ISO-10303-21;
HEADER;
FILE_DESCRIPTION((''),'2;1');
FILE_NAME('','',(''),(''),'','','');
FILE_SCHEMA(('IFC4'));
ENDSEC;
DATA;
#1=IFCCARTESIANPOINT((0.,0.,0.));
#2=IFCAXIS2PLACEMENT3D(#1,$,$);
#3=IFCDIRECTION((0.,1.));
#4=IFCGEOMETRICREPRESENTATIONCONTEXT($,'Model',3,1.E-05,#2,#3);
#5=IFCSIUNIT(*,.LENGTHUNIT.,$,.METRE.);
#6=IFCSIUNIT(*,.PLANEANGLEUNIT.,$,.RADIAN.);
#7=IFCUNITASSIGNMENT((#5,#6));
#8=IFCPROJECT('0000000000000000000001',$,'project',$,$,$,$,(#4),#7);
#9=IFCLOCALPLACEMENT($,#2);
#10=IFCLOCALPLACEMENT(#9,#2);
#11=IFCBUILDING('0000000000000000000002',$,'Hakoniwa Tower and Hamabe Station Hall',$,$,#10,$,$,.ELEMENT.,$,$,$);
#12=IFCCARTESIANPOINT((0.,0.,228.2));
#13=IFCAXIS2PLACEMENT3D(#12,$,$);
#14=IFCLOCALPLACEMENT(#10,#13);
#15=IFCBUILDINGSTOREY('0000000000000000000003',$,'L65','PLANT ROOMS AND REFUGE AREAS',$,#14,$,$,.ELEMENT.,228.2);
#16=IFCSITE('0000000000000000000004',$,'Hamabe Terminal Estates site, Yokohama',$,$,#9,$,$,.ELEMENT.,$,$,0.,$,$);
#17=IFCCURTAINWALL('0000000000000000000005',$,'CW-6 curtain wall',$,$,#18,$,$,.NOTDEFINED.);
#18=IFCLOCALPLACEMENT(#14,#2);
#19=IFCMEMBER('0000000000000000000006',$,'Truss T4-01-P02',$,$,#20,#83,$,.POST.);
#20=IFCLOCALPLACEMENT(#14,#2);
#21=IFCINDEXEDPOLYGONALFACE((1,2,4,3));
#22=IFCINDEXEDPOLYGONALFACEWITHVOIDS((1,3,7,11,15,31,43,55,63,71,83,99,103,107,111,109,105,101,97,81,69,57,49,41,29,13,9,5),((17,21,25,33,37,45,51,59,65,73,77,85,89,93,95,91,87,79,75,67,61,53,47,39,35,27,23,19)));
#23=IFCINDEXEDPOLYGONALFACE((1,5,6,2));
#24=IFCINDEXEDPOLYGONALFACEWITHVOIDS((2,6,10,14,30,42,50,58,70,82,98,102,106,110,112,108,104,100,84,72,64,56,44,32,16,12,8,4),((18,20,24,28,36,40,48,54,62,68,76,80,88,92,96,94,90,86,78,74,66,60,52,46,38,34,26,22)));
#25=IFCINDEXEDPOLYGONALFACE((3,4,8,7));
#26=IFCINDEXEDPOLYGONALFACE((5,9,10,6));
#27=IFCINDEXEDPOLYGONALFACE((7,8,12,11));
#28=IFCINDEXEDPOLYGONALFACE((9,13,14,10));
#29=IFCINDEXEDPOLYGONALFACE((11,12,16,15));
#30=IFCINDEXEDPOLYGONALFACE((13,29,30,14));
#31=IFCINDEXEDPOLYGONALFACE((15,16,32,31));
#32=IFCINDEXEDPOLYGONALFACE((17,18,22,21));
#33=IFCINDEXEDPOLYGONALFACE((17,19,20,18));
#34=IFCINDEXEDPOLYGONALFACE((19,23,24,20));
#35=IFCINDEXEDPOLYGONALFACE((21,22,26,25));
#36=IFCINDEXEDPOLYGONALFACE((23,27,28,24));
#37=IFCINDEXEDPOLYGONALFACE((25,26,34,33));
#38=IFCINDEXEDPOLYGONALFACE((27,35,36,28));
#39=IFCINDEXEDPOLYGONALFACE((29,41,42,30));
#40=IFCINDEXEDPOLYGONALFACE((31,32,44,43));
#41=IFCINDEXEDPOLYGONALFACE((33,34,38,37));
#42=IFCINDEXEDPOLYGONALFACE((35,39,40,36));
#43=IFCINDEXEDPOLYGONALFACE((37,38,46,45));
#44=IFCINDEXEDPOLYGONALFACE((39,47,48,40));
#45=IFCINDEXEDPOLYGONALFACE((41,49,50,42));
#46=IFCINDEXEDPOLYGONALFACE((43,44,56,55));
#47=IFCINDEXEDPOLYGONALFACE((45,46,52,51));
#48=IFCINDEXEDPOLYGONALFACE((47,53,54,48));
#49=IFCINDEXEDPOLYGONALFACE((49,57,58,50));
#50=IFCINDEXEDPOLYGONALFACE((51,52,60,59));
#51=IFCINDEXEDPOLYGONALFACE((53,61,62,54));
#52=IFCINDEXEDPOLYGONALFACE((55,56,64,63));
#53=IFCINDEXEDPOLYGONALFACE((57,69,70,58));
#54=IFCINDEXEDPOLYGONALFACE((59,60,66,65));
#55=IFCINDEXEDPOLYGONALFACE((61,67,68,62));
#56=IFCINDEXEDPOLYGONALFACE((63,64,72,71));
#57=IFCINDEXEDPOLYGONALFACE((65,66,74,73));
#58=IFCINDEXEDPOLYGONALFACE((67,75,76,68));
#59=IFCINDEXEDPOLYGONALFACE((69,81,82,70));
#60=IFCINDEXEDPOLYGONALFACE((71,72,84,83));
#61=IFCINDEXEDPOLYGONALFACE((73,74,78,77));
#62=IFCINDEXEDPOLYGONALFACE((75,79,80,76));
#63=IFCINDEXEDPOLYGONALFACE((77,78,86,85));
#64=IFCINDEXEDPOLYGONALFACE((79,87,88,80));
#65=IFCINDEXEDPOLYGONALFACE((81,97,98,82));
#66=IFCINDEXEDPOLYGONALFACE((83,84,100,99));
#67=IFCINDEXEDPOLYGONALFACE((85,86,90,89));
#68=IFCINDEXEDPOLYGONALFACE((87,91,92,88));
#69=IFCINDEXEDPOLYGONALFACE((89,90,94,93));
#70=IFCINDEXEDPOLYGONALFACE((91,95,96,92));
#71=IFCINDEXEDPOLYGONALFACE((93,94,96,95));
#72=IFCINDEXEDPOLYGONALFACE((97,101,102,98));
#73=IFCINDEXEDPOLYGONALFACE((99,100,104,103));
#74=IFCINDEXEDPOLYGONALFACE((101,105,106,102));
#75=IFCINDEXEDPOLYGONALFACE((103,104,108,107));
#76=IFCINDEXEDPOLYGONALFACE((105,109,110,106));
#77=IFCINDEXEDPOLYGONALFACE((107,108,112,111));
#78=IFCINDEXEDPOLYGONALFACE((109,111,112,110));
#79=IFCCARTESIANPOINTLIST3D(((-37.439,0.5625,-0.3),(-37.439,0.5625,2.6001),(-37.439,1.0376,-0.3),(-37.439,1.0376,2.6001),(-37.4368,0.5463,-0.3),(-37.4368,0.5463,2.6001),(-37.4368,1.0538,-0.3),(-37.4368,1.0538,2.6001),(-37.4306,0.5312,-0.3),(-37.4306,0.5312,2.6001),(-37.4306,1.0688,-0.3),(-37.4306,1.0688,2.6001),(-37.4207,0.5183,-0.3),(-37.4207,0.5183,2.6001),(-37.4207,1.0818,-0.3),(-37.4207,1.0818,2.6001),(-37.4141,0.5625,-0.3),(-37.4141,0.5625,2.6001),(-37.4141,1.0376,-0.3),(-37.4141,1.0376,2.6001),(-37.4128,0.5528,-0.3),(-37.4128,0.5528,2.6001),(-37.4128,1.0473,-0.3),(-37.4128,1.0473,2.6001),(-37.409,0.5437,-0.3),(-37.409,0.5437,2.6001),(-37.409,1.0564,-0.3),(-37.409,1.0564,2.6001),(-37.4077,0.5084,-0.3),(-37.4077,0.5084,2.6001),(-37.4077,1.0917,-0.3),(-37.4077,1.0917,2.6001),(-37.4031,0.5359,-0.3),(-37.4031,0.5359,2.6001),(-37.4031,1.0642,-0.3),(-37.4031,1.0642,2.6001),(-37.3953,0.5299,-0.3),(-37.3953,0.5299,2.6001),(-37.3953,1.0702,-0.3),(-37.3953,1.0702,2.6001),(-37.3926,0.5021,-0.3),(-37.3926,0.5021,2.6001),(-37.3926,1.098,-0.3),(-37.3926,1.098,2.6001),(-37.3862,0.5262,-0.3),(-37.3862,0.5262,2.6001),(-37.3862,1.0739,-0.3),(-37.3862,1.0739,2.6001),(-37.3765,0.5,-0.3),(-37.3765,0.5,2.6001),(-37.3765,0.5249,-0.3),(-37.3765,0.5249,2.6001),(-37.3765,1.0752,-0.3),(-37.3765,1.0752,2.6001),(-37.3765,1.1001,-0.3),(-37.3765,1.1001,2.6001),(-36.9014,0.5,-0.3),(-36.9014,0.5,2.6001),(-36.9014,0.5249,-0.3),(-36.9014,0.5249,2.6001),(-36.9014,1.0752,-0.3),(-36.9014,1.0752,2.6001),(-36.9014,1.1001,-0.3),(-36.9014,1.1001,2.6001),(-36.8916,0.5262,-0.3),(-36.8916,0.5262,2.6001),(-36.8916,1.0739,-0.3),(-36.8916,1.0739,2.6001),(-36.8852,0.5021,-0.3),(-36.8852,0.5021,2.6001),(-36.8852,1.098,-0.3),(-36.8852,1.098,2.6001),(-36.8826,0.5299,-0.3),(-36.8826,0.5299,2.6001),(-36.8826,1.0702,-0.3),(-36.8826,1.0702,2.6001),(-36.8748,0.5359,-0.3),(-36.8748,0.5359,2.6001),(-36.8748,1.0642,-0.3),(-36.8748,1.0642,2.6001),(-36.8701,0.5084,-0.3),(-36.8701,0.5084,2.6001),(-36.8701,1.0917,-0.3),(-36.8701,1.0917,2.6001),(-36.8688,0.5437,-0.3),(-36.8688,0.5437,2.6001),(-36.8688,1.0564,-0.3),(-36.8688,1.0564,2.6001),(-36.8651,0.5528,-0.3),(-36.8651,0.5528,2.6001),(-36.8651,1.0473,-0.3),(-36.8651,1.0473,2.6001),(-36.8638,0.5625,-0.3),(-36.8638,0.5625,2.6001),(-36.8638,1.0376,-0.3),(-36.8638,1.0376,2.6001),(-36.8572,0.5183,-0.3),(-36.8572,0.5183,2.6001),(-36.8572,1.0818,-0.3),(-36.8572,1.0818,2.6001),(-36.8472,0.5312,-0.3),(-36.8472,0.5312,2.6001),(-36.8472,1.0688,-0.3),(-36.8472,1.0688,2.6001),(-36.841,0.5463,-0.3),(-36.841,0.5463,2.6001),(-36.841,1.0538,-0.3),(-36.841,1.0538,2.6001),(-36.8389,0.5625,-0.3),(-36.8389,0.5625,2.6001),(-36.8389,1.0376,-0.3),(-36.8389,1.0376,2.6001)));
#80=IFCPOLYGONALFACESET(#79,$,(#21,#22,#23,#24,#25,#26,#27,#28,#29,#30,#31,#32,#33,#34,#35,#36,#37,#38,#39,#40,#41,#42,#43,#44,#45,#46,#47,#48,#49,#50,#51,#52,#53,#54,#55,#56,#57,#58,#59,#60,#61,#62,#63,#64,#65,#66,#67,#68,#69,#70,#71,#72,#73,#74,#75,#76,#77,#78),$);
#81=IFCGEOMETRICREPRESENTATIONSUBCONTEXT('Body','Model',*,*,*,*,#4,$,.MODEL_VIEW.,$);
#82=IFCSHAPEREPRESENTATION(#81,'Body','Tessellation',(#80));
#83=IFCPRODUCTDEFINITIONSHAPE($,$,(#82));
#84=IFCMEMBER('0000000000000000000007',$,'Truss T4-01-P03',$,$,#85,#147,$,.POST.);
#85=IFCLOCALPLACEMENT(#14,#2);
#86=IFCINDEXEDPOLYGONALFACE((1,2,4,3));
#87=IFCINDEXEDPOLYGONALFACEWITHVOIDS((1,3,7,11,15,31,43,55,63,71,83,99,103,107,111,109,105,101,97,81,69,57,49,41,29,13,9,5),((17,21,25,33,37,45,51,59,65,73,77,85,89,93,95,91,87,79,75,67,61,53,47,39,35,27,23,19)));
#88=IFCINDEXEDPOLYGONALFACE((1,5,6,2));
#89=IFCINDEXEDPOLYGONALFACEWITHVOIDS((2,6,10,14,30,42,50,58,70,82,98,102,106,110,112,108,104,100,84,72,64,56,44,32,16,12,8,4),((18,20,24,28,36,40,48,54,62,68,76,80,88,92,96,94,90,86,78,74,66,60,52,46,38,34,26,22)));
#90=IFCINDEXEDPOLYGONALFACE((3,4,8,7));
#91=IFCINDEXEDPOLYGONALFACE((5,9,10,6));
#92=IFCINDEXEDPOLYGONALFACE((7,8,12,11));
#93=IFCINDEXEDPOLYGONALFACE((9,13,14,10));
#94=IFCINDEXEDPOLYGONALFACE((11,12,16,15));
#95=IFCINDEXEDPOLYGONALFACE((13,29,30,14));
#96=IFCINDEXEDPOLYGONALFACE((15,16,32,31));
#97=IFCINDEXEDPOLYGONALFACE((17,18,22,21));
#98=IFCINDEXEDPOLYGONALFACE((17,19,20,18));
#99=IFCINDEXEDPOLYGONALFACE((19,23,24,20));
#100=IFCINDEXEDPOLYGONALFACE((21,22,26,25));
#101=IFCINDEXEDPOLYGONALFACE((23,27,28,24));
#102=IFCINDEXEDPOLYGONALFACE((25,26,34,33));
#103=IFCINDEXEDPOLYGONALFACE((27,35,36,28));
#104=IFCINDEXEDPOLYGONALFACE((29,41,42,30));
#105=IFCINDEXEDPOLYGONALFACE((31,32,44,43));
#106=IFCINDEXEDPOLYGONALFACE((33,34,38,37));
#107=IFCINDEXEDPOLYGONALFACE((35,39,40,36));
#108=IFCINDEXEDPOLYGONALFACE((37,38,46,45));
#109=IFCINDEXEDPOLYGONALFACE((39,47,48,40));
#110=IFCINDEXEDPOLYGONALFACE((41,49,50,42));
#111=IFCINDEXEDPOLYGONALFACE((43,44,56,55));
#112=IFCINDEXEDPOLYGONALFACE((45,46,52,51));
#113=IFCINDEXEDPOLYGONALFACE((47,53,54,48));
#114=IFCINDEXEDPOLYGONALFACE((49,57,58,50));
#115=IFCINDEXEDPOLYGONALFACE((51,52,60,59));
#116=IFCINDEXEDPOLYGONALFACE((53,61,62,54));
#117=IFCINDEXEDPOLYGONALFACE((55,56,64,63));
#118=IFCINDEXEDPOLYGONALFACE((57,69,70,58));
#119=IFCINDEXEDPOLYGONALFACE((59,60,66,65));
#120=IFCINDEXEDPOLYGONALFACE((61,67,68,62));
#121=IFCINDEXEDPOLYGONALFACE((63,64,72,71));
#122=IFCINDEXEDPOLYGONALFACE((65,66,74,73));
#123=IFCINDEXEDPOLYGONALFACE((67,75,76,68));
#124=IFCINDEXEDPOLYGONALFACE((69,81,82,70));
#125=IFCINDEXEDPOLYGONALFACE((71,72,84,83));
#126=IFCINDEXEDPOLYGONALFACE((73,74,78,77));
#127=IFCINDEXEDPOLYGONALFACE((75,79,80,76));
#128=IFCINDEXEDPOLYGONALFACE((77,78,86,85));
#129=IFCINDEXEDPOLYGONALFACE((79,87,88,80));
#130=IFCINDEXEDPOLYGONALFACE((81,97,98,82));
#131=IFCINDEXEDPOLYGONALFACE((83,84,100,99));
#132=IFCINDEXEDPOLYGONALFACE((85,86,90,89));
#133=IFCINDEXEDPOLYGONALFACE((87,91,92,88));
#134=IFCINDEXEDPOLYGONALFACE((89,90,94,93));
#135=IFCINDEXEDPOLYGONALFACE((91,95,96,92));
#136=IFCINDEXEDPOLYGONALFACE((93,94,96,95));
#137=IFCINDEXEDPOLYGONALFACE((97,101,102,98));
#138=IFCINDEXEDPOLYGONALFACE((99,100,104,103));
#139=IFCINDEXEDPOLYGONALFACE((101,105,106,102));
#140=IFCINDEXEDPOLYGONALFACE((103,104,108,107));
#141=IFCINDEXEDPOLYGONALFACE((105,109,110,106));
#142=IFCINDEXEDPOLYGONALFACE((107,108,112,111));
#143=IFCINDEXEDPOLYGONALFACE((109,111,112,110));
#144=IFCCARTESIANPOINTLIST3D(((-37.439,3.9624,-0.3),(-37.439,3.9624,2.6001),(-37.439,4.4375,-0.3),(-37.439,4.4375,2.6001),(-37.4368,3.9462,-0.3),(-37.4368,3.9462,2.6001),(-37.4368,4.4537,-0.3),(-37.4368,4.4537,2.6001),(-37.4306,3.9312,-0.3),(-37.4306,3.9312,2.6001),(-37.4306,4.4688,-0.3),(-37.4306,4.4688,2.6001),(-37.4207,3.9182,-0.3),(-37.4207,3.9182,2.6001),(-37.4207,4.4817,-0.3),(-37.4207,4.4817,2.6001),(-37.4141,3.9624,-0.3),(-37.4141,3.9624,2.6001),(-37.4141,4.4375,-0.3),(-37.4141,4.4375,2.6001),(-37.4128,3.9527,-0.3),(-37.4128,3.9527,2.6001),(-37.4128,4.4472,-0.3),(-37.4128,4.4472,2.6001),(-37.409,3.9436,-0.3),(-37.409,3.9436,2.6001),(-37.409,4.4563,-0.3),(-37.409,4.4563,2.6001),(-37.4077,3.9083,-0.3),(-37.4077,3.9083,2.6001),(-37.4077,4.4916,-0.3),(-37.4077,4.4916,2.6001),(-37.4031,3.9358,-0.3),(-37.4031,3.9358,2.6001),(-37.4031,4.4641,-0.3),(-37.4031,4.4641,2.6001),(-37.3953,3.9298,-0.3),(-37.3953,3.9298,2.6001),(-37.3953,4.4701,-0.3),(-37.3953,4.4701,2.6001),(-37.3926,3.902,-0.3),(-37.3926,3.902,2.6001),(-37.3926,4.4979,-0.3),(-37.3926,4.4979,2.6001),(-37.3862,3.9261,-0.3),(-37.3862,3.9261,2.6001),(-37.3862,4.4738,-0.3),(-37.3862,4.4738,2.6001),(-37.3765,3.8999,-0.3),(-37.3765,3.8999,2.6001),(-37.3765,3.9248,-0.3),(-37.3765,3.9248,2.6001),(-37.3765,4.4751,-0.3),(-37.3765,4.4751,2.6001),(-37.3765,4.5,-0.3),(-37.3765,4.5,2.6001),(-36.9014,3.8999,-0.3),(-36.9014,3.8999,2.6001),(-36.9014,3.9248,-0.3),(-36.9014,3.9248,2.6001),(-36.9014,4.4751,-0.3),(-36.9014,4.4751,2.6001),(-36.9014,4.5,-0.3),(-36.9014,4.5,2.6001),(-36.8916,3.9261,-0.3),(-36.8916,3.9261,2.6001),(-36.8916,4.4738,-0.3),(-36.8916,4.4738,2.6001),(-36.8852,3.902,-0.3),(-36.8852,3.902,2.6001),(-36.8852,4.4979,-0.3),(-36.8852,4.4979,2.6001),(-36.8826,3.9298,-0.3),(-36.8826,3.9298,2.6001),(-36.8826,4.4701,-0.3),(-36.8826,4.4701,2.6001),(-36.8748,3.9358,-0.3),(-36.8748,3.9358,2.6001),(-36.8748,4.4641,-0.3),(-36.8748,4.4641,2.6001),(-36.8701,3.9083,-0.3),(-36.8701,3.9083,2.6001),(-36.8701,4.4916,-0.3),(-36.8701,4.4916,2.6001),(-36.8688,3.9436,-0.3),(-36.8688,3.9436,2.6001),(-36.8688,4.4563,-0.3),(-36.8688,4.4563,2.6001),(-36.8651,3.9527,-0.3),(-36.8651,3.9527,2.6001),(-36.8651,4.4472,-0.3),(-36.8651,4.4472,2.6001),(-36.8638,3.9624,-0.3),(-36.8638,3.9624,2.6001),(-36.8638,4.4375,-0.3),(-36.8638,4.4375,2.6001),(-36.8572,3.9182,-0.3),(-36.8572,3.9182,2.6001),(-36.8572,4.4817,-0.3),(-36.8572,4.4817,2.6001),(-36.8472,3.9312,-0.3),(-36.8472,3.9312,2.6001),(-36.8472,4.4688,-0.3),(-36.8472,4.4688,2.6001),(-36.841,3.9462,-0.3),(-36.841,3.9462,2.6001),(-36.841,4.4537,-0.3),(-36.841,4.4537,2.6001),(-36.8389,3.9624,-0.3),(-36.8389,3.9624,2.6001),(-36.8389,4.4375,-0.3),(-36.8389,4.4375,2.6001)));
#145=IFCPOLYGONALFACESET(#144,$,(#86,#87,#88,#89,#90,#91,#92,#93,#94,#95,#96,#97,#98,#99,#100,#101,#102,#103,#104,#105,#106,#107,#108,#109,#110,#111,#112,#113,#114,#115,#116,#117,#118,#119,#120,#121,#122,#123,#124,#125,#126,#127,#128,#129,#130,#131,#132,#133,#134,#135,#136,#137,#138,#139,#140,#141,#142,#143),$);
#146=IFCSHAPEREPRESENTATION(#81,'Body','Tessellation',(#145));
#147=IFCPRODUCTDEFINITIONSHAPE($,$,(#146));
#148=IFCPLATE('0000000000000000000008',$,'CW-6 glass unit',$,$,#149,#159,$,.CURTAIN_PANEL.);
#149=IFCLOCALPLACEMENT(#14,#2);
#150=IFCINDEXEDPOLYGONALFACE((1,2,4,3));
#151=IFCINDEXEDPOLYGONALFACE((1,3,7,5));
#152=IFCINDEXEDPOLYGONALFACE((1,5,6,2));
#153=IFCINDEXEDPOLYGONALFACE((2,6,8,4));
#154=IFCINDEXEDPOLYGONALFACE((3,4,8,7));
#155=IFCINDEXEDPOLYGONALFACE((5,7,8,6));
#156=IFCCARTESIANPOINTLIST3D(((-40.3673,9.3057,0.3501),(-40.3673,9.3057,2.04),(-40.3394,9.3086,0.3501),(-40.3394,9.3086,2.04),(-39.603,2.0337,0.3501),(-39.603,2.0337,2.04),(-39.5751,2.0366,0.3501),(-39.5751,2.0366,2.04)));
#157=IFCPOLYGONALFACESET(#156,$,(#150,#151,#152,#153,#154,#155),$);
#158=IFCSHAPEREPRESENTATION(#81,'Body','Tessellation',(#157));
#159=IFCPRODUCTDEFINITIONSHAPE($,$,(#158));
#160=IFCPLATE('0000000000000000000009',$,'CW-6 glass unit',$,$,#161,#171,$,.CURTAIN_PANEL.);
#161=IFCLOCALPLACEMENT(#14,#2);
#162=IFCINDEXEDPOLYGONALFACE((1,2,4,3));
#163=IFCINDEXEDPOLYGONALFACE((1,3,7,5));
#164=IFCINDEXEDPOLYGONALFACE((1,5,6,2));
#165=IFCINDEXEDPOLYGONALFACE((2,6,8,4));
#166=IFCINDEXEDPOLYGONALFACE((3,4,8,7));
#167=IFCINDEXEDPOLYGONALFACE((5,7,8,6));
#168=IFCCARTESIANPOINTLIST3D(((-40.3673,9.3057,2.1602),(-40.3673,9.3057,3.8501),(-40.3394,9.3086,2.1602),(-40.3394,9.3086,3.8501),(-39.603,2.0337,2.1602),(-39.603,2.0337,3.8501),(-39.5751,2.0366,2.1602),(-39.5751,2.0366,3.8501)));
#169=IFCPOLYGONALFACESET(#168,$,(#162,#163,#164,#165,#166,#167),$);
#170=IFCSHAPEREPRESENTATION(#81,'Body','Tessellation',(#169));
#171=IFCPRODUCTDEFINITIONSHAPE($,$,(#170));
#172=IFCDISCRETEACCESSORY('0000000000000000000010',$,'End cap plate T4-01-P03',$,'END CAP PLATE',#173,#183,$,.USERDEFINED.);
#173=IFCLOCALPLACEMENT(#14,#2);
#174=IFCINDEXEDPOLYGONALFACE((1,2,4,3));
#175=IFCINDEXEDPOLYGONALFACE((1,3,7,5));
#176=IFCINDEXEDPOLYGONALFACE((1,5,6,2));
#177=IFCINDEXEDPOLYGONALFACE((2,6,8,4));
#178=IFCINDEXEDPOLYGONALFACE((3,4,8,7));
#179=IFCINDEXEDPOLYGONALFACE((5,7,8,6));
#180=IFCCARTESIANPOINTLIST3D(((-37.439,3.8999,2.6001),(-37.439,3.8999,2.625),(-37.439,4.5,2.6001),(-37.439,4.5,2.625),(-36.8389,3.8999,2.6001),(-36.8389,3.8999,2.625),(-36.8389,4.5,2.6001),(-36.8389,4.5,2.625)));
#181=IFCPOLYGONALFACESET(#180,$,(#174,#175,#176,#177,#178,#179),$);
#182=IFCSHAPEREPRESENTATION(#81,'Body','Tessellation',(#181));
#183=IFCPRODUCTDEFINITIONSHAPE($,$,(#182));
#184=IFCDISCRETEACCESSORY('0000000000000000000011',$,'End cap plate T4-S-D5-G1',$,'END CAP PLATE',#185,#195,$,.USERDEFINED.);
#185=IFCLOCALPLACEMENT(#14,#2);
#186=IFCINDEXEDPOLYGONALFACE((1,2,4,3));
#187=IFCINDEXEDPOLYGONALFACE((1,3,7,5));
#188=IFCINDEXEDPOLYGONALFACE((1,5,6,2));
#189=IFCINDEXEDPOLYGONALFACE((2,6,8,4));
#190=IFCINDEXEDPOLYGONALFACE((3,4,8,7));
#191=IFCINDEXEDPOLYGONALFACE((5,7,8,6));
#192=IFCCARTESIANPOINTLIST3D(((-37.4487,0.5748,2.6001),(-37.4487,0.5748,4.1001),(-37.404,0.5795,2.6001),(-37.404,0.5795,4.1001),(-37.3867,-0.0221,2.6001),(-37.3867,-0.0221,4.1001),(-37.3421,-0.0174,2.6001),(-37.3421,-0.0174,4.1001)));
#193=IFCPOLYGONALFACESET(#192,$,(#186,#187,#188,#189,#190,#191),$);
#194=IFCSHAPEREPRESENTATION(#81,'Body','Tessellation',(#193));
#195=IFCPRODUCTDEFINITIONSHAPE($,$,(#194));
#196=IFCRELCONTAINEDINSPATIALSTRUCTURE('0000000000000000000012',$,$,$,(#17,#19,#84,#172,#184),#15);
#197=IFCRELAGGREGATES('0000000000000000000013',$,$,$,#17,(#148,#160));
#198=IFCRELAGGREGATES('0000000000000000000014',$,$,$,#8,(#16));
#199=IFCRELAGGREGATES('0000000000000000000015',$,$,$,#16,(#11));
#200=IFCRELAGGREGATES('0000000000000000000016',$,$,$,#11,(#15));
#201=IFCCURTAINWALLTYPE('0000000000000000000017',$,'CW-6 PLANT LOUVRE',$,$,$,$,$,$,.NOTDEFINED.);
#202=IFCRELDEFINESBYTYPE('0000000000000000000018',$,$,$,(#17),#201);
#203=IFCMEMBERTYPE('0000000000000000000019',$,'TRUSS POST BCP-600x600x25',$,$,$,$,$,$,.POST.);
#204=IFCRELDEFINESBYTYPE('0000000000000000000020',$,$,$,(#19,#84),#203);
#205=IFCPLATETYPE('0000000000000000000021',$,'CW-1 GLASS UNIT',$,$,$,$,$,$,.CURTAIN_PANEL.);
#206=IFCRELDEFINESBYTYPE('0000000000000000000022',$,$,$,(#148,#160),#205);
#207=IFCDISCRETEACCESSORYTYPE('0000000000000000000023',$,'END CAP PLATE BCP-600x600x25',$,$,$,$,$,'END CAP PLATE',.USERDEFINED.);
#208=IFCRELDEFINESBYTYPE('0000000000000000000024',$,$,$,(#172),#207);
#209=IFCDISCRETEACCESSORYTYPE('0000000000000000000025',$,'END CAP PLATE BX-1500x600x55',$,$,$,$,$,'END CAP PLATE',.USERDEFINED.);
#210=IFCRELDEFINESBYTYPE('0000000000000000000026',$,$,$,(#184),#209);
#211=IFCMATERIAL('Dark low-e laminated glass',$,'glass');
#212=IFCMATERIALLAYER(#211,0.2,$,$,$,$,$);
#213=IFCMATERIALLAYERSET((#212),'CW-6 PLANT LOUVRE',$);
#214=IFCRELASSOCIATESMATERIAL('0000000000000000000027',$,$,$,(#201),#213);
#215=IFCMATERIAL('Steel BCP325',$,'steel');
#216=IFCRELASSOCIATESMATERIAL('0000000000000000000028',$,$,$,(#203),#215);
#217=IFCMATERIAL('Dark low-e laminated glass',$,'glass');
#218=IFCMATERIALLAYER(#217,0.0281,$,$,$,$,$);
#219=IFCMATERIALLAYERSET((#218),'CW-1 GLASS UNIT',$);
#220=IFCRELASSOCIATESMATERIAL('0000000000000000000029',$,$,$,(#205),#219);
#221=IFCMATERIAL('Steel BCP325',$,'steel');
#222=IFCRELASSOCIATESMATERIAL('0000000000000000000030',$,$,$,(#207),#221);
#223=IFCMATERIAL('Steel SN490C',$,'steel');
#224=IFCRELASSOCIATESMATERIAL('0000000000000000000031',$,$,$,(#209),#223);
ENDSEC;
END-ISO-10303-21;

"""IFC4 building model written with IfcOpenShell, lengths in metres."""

from ifc_helpers import new_model, si_unit, direction, frame, origin, origin_2d, place, context, subcontext, project, spatial, rectangle, hollow_rectangle, extrude, material, layer, layer_set, material_profile, profile_set, type_object, element, aggregate, save


model = new_model("IFC4")

# Units and contexts
model_context = context("Model", 3, precision=1e-05, world=origin(), true_north=direction((0.0, 1.0)))
body_context = subcontext(model_context, "Body", "Model", "MODEL_VIEW")
ifc_project = project(units=[si_unit("LENGTHUNIT", "METRE"), si_unit("PLANEANGLEUNIT", "RADIAN")], contexts=[model_context])

# Site, building, storey
site_placement = place(None, origin())
site = spatial("IfcSite", under=ifc_project, at=site_placement, Name="Hamabe Terminal Estates site, Yokohama", CompositionType="ELEMENT", RefElevation=0.0)
building_placement = place(site_placement, origin())
building = spatial("IfcBuilding", under=site, at=building_placement, Name="Hakoniwa Tower and Hamabe Station Hall", CompositionType="ELEMENT")
storey_placement = place(building_placement, frame((0.0, 0.0, 228.2)))
storey = spatial("IfcBuildingStorey", under=building, at=storey_placement, Name="L65", Description="PLANT ROOMS AND REFUGE AREAS", CompositionType="ELEMENT", Elevation=228.2)

# Curtain wall
ifc_material_1 = material(Name="Dark low-e laminated glass", Category="glass")
ifc_layer_1 = layer(ifc_material_1, 0.2)
ifc_layer_set_1 = layer_set([ifc_layer_1], Name="CW-6 PLANT LOUVRE")
curtain_wall_type = type_object("IfcCurtainWallType", Name="CW-6 PLANT LOUVRE", PredefinedType="NOTDEFINED", material=ifc_layer_set_1)
curtain_wall_placement = place(storey_placement, origin())
curtain_wall = element("IfcCurtainWall", 1, at=curtain_wall_placement, inside=storey, type_object=curtain_wall_type, Name="CW-6 curtain wall", PredefinedType="NOTDEFINED")

# Members
ifc_material_2 = material(Name="Steel BCP325", Category="steel")
ifc_material_profile_1 = material_profile(ifc_material_2, hollow_rectangle(XDim=0.6001, YDim=0.6001, WallThickness=0.0249, InnerFilletRadius=0.0376, OuterFilletRadius=0.0625, at=origin_2d()), Name="BCP-600x600x25")
ifc_profile_set_1 = profile_set([ifc_material_profile_1], Name="Steel BCP325")
member_type_1 = type_object("IfcMemberType", Name="TRUSS POST BCP-600x600x25", PredefinedType="POST", material=ifc_profile_set_1)
for number, where, z_axis, x_axis, name in (
    (2, (-37.1389, 0.8, -0.3), (0.0, 0.0, 1.0), (1.0, 0.0, 0.0), "Truss T4-01-P02"),
    (3, (-37.1389, 4.2, -0.3), (0.0, 0.0, 1.0), (1.0, 0.0, 0.0), "Truss T4-01-P03"),
):
    element("IfcMember", number, at=place(storey_placement, frame(where, z_axis=z_axis, x_axis=x_axis)), inside=storey, type_object=member_type_1, Name=name, PredefinedType="POST", context=body_context, shape_type="SweptSolid", body=[
        extrude(hollow_rectangle(XDim=0.6001, YDim=0.6001, WallThickness=0.0249, InnerFilletRadius=0.0376, OuterFilletRadius=0.0625, at=origin_2d()), origin(), (0.0, 0.0, 1.0), 2.9001),
    ])

# Plates
ifc_material_3 = material(Name="Dark low-e laminated glass", Category="glass")
ifc_layer_2 = layer(ifc_material_3, 0.0281)
ifc_layer_set_2 = layer_set([ifc_layer_2], Name="CW-1 GLASS UNIT")
plate_type = type_object("IfcPlateType", Name="CW-1 GLASS UNIT", PredefinedType="CURTAIN_PANEL", material=ifc_layer_set_2)
plate_1_placement = place(storey_placement, frame((-39.9712, 5.6711, 0.3501), z_axis=(0.0, 0.0, 1.0), x_axis=(0.104528, -0.994522, 0.0)))
plate_1 = element("IfcPlate", 4, at=plate_1_placement, type_object=plate_type, Name="CW-6 glass unit", PredefinedType="CURTAIN_PANEL", context=body_context, shape_type="SweptSolid", body=[
    extrude(rectangle(XDim=7.312, YDim=0.0281, at=origin_2d()), origin(), (0.0, 0.0, 1.0), 1.6899),
])
plate_2_placement = place(storey_placement, frame((-39.9712, 5.6711, 2.1602), z_axis=(0.0, 0.0, 1.0), x_axis=(0.104528, -0.994522, 0.0)))
plate_2 = element("IfcPlate", 5, at=plate_2_placement, type_object=plate_type, Name="CW-6 glass unit", PredefinedType="CURTAIN_PANEL", context=body_context, shape_type="SweptSolid", body=[
    extrude(rectangle(XDim=7.312, YDim=0.0281, at=origin_2d()), origin(), (0.0, 0.0, 1.0), 1.6899),
])
aggregate(curtain_wall, [plate_1, plate_2])

# Discrete accessories
ifc_material_4 = material(Name="Steel BCP325", Category="steel")
ifc_material_profile_2 = material_profile(ifc_material_4, rectangle(XDim=0.6001, YDim=0.6001, at=origin_2d()), Name="END CAP PLATE BCP-600x600x25")
ifc_profile_set_2 = profile_set([ifc_material_profile_2], Name="Steel BCP325")
discrete_accessory_type_1 = type_object("IfcDiscreteAccessoryType", Name="END CAP PLATE BCP-600x600x25", ElementType="END CAP PLATE", PredefinedType="USERDEFINED", material=ifc_profile_set_2)
discrete_accessory_1_placement = place(storey_placement, frame((-37.1389, 4.2, 2.6001), z_axis=(0.0, 0.0, 1.0), x_axis=(1.0, 0.0, 0.0)))
element("IfcDiscreteAccessory", 6, at=discrete_accessory_1_placement, inside=storey, type_object=discrete_accessory_type_1, Name="End cap plate T4-01-P03", ObjectType="END CAP PLATE", PredefinedType="USERDEFINED", context=body_context, shape_type="SweptSolid", body=[
    extrude(rectangle(XDim=0.6001, YDim=0.6001, at=origin_2d()), origin(), (0.0, 0.0, 1.0), 0.0249),
])
ifc_material_5 = material(Name="Steel SN490C", Category="steel")
ifc_material_profile_3 = material_profile(ifc_material_5, rectangle(XDim=0.6001, YDim=1.5, at=origin_2d()), Name="END CAP PLATE BX-1500x600x55")
ifc_profile_set_3 = profile_set([ifc_material_profile_3], Name="Steel SN490C")
discrete_accessory_type_2 = type_object("IfcDiscreteAccessoryType", Name="END CAP PLATE BX-1500x600x55", ElementType="END CAP PLATE", PredefinedType="USERDEFINED", material=ifc_profile_set_3)
discrete_accessory_2_placement = place(storey_placement, frame((-37.4177, 0.2764, 3.3501), z_axis=(0.994653, 0.10327, 0.0), x_axis=(-0.10327, 0.994653, 0.0)))
element("IfcDiscreteAccessory", 7, at=discrete_accessory_2_placement, inside=storey, type_object=discrete_accessory_type_2, Name="End cap plate T4-S-D5-G1", ObjectType="END CAP PLATE", PredefinedType="USERDEFINED", context=body_context, shape_type="SweptSolid", body=[
    extrude(rectangle(XDim=0.6001, YDim=1.5, at=origin_2d()), origin(), (0.0, 0.0, 1.0), 0.0449),
])

save(model, "model.ifc")
